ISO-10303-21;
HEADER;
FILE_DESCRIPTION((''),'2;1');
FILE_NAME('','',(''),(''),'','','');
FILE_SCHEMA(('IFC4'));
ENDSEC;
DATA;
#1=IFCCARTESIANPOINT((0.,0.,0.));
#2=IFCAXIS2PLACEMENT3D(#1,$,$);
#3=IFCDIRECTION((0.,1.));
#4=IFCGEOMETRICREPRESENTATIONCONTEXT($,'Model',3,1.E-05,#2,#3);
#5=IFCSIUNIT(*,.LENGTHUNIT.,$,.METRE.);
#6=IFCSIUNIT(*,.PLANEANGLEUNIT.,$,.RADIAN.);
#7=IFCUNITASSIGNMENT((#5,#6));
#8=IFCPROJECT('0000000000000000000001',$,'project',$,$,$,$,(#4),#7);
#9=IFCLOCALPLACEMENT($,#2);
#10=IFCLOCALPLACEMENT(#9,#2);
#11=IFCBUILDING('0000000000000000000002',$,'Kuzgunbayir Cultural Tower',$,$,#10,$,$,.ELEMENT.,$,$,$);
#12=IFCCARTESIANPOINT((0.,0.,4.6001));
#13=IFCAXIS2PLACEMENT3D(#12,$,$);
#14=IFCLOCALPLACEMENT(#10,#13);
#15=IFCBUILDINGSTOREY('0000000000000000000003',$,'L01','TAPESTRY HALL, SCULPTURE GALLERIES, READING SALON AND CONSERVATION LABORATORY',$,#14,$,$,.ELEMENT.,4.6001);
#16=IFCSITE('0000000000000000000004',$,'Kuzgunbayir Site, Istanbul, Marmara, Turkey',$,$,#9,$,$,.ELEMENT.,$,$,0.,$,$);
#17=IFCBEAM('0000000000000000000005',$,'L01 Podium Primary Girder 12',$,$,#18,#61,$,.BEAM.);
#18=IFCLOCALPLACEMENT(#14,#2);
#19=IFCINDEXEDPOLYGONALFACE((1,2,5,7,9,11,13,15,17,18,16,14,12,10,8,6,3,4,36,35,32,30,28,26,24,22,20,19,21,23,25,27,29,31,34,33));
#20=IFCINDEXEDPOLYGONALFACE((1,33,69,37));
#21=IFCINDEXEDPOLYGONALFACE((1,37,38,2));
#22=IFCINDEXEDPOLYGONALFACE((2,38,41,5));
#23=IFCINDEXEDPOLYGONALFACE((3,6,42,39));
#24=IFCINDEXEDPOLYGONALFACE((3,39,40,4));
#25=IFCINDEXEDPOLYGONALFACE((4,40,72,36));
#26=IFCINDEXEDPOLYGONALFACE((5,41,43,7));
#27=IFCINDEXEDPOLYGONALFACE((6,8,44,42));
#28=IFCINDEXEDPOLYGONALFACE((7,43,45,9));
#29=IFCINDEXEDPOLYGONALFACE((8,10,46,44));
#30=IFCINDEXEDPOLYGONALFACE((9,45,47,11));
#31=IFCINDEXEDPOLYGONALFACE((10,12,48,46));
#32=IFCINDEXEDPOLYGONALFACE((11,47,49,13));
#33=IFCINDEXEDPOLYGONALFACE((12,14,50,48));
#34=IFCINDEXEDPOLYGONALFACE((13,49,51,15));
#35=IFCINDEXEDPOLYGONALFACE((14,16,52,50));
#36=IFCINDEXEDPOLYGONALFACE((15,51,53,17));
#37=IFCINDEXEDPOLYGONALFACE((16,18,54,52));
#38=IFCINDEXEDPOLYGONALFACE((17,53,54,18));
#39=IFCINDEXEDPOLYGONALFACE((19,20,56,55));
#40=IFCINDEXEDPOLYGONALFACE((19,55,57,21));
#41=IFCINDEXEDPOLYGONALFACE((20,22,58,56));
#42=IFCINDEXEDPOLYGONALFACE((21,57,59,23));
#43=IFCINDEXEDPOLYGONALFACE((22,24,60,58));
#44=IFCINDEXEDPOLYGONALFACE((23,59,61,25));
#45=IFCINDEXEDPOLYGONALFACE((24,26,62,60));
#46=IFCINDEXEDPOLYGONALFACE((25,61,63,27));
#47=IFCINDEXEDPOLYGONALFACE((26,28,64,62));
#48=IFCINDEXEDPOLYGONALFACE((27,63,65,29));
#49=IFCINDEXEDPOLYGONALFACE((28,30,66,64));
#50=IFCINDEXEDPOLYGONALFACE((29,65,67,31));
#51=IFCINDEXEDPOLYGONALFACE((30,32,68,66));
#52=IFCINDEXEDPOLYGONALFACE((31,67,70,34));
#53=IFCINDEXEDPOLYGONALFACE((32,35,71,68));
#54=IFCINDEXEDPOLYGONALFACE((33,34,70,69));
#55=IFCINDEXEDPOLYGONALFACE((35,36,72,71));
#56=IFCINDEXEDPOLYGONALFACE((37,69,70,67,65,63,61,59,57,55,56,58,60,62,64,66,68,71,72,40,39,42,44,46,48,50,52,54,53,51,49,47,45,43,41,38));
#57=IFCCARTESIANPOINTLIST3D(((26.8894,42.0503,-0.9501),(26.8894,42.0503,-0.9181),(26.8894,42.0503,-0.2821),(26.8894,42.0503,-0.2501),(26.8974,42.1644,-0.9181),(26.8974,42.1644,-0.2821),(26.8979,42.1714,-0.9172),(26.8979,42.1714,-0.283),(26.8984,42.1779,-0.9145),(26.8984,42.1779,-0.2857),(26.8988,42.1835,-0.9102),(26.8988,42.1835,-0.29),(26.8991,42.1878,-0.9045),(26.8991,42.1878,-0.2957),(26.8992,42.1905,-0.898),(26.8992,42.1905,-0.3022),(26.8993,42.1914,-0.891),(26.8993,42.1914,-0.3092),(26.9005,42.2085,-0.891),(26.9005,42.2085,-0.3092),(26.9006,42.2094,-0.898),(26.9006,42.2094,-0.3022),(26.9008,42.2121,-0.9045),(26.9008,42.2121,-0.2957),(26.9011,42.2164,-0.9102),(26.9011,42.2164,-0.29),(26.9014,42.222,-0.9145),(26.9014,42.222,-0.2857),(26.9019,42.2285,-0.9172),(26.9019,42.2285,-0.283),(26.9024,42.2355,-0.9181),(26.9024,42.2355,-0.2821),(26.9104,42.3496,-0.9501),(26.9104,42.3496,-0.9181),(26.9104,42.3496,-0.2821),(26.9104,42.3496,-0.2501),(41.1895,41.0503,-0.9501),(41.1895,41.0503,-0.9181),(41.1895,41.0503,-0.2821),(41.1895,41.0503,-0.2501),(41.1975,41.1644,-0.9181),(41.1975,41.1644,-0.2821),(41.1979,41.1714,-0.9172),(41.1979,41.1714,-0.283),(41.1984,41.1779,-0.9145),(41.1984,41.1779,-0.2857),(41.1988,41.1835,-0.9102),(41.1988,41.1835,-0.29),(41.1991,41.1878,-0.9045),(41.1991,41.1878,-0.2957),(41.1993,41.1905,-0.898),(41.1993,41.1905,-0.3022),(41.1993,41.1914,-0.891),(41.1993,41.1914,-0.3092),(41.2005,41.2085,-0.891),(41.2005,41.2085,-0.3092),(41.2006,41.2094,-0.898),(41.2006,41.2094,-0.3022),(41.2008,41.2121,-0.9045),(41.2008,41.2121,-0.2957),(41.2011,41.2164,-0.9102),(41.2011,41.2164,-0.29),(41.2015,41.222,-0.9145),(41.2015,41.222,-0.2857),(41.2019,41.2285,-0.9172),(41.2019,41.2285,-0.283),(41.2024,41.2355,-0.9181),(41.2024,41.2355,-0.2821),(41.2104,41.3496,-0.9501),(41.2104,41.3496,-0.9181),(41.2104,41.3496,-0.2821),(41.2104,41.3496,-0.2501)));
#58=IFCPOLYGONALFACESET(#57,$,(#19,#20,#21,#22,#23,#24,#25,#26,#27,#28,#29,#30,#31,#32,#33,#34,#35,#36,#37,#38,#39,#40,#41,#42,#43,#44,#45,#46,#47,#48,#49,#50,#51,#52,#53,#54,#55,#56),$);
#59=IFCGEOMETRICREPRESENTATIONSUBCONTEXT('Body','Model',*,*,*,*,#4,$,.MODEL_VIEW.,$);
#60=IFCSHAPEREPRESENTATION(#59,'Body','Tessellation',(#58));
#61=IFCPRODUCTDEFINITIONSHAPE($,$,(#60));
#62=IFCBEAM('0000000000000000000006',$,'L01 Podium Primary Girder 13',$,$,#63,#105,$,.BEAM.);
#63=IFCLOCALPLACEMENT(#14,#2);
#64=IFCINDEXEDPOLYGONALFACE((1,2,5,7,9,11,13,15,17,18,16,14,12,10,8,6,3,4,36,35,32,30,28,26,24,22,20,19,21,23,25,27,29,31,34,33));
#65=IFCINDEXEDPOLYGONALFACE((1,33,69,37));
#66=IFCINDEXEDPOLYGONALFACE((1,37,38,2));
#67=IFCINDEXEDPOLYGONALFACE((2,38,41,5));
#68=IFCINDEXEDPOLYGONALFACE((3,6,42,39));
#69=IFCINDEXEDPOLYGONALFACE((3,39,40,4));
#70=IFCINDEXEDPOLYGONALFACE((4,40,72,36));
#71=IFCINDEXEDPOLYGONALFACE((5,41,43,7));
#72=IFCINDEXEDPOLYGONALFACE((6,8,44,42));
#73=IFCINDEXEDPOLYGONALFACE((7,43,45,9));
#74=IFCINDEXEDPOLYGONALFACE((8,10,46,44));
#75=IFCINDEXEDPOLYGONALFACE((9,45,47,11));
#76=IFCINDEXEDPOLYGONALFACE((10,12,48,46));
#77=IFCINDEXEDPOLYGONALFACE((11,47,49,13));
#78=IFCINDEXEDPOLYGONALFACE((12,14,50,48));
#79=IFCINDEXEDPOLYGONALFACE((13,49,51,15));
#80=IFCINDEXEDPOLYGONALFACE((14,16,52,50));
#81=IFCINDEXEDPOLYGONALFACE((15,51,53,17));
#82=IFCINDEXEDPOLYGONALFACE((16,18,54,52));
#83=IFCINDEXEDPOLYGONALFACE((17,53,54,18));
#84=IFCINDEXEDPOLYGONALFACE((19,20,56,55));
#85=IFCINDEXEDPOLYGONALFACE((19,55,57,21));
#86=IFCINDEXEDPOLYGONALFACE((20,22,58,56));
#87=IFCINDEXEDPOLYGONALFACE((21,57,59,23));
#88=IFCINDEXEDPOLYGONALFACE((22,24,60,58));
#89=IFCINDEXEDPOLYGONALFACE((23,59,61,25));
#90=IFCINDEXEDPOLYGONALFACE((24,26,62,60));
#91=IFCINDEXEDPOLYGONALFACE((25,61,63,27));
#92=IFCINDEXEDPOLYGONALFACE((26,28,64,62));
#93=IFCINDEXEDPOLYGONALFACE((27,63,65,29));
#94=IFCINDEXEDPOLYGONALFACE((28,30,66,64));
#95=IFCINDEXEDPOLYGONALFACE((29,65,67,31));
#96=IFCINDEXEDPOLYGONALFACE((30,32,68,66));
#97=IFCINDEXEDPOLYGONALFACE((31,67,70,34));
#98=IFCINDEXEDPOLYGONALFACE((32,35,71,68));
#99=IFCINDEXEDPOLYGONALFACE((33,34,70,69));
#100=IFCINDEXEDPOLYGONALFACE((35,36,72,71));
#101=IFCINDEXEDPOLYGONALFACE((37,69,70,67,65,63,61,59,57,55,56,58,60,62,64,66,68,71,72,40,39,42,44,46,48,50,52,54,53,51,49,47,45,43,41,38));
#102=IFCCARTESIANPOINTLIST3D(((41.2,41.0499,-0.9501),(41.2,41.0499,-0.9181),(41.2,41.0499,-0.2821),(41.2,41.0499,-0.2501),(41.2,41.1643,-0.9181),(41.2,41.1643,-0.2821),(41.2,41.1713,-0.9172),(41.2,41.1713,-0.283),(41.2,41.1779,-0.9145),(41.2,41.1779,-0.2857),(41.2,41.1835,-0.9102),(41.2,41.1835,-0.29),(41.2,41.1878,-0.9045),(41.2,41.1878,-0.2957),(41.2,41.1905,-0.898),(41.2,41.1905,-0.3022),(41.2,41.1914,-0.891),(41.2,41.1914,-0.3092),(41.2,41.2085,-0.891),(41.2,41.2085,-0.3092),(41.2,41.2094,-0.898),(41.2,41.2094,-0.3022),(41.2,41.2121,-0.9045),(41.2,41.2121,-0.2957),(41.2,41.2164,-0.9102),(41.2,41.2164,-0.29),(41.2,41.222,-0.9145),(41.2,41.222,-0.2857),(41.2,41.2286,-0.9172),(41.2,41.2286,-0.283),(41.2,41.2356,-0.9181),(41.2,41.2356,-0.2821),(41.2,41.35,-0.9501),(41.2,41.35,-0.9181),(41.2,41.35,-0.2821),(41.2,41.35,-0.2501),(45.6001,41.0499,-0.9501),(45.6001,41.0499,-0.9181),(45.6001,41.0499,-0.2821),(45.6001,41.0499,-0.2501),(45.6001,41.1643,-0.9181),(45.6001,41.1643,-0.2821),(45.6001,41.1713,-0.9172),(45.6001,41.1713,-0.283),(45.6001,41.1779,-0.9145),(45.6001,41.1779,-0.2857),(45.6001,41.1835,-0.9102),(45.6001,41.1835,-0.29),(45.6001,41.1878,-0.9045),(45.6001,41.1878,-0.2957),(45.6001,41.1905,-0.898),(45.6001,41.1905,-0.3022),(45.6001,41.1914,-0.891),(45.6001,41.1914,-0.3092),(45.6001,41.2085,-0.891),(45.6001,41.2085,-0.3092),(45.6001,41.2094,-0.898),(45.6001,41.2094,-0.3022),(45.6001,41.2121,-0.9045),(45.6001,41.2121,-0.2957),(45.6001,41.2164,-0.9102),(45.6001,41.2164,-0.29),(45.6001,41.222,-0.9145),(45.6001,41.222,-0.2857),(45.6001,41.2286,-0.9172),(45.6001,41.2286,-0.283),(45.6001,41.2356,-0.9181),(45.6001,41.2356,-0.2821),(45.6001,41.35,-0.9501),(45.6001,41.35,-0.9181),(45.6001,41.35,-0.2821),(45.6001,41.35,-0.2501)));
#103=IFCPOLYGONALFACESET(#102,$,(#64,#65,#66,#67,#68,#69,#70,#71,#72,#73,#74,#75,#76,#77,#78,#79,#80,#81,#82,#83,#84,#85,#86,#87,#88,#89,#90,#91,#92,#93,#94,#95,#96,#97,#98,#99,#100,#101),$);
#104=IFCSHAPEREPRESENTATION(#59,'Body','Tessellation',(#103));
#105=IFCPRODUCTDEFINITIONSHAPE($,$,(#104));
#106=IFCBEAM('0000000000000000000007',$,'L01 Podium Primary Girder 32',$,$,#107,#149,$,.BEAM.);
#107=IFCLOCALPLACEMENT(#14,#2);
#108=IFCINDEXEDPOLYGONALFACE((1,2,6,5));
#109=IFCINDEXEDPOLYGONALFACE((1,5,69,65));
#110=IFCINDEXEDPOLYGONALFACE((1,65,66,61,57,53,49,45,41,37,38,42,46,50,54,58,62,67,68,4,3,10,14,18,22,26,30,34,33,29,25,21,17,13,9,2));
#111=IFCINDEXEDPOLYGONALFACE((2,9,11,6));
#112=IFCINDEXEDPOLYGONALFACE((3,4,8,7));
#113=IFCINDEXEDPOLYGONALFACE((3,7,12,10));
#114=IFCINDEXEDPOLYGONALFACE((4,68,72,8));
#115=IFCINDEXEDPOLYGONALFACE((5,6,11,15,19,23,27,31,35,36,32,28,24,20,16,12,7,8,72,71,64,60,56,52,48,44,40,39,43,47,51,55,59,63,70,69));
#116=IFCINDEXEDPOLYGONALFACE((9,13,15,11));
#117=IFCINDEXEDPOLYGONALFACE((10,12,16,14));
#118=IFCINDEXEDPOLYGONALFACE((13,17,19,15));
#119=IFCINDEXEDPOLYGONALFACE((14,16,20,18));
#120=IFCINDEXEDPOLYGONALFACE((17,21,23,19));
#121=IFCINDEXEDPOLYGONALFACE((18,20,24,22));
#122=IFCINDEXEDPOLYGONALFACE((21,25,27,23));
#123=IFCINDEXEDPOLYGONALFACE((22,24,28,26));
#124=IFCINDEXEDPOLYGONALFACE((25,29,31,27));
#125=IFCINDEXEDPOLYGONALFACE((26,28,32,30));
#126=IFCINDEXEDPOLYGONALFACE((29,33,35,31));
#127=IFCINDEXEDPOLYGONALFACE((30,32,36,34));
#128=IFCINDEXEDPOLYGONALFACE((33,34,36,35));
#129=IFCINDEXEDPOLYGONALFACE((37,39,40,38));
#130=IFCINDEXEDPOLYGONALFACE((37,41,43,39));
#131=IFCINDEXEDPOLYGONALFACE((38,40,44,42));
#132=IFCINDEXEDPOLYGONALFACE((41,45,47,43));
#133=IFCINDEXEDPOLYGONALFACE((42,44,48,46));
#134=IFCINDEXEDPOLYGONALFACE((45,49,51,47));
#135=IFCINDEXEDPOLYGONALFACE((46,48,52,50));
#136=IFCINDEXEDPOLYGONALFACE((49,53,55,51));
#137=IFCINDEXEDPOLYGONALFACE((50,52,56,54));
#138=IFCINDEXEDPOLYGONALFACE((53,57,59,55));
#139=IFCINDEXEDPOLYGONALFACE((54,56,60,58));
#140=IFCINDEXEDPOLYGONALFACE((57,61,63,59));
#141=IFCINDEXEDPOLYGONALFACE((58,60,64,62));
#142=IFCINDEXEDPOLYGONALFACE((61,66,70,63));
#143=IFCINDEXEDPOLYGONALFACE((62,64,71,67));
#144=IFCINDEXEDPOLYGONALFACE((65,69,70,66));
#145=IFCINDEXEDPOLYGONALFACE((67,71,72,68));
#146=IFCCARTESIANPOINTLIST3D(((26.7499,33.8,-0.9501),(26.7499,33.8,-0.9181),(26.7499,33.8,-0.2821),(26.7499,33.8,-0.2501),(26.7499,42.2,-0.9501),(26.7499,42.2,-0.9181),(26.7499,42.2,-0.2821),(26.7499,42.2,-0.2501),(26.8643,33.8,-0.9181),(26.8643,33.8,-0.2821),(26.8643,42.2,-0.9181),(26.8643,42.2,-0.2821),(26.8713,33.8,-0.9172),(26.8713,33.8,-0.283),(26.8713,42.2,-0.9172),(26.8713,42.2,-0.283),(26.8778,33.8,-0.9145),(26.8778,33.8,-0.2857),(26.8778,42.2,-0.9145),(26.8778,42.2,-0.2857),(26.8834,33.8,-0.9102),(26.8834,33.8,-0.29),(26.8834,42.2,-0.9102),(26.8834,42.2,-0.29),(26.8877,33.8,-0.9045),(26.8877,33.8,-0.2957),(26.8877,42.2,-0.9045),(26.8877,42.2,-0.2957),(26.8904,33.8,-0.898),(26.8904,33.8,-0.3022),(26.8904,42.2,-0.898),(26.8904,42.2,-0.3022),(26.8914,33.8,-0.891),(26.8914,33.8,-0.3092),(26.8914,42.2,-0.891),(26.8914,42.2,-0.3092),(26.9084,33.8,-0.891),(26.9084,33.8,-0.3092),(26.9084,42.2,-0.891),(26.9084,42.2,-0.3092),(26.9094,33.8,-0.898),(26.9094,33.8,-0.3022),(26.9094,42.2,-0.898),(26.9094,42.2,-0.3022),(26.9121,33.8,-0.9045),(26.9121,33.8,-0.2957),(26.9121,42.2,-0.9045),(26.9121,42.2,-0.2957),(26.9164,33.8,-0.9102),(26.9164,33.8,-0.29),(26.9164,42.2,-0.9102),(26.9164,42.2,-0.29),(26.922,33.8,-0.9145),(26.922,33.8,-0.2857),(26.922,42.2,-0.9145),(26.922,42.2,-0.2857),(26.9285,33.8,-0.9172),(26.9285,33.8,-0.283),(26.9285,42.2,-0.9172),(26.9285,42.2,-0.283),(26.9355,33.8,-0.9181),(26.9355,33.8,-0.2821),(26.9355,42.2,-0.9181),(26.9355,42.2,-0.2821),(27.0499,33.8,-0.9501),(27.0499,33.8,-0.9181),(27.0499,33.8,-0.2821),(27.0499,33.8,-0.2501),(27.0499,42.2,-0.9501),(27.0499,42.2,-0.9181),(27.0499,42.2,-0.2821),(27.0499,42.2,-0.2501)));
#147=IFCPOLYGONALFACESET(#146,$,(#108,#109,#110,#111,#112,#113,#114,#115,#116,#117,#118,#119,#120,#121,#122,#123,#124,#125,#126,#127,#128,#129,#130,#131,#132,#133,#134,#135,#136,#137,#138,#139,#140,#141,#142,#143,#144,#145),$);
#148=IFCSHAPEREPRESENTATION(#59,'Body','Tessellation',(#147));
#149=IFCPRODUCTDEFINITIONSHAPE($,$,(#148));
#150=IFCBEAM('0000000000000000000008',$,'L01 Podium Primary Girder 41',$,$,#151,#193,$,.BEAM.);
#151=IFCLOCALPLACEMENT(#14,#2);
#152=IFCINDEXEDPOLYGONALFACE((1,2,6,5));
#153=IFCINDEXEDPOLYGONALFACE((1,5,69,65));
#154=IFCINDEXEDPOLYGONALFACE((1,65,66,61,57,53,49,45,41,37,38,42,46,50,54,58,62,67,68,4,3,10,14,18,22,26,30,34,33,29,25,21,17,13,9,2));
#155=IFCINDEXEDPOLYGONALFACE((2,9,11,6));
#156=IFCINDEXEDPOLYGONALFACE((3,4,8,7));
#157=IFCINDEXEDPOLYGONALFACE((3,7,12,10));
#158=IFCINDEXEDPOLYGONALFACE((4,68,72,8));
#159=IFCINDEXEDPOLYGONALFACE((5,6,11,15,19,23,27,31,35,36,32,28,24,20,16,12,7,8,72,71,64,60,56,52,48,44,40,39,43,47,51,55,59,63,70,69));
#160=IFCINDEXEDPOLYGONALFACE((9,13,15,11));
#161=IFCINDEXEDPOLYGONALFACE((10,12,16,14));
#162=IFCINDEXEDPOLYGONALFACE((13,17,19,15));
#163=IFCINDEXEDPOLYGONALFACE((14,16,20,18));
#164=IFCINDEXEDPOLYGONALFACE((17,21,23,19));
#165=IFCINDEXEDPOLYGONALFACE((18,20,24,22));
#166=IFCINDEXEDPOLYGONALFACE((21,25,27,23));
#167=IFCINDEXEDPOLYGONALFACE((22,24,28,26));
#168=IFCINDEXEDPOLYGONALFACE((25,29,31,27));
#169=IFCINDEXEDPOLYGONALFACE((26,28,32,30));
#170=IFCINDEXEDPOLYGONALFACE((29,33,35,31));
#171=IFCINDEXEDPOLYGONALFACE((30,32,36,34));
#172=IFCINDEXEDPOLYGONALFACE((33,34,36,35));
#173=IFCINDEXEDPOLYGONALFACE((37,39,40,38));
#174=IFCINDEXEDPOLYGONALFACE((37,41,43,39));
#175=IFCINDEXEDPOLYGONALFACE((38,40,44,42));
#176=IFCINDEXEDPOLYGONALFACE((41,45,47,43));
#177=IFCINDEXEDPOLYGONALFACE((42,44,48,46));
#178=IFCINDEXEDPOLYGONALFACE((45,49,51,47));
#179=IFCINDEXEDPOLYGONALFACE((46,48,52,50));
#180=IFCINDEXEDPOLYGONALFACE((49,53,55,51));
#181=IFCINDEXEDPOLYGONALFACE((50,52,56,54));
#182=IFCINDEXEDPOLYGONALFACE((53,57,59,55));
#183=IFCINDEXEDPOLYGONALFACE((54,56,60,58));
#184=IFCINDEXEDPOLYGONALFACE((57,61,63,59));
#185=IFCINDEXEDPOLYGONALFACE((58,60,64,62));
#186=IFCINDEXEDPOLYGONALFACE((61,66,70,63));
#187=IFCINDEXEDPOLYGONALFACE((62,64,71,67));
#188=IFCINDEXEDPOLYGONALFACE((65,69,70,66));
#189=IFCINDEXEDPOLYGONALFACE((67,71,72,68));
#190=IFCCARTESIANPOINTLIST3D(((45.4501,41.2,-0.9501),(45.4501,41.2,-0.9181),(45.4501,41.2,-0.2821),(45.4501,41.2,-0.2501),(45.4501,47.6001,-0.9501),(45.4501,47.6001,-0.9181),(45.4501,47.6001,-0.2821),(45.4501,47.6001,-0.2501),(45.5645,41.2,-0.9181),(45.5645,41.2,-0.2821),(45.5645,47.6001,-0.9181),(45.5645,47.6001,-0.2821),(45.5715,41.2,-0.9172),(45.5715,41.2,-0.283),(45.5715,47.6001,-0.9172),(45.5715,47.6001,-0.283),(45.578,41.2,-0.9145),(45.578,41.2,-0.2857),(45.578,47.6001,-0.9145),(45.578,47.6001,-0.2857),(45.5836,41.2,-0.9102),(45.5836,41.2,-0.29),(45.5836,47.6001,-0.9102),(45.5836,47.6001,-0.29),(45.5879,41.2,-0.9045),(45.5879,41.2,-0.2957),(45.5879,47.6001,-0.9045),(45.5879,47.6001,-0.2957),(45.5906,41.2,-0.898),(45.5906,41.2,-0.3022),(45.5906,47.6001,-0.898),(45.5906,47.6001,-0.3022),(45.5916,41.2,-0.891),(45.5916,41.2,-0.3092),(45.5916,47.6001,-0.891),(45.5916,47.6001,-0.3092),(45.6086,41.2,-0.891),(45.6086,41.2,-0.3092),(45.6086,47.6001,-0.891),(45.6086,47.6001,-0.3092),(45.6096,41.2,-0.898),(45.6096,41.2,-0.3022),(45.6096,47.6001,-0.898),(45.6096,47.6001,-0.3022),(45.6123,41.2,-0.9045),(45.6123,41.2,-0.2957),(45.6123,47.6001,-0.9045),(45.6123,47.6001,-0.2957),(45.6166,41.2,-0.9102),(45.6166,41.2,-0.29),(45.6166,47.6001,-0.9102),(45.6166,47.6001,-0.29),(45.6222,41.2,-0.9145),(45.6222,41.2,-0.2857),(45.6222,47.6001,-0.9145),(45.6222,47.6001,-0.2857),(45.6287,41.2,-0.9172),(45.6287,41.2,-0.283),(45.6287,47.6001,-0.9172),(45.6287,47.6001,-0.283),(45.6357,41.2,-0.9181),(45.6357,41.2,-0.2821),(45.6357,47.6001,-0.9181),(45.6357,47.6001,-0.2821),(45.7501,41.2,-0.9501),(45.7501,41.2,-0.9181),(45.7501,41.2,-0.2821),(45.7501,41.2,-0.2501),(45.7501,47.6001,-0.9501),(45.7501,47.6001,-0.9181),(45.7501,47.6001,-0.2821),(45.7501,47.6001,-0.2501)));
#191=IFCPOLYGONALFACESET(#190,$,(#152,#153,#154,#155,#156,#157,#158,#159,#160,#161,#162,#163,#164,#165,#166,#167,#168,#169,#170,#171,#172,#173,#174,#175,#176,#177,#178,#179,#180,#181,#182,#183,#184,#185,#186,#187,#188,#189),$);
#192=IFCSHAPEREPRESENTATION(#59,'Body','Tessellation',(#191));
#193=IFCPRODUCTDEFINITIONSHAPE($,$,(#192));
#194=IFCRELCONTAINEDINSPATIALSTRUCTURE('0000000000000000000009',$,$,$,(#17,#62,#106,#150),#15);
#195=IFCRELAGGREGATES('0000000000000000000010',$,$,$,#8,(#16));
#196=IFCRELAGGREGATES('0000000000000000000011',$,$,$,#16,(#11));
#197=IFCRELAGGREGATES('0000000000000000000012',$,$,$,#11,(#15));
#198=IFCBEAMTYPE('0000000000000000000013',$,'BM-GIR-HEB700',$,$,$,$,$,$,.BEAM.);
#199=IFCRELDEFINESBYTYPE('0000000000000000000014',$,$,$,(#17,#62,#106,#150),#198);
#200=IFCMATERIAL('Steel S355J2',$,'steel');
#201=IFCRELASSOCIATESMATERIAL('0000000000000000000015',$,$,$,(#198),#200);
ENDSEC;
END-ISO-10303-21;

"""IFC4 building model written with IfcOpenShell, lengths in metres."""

from ifc_helpers import new_model, si_unit, direction, frame, origin, origin_2d, place, context, subcontext, project, spatial, i_section, extrude, material, material_profile, profile_set, type_object, element, save


model = new_model("IFC4")

# Units and contexts
model_context = context("Model", 3, precision=1e-05, world=origin(), true_north=direction((0.0, 1.0)))
body_context = subcontext(model_context, "Body", "Model", "MODEL_VIEW")
ifc_project = project(units=[si_unit("LENGTHUNIT", "METRE"), si_unit("PLANEANGLEUNIT", "RADIAN")], contexts=[model_context])

# Site, building, storey
site_placement = place(None, origin())
site = spatial("IfcSite", under=ifc_project, at=site_placement, Name="Kuzgunbayir Site, Istanbul, Marmara, Turkey", CompositionType="ELEMENT", RefElevation=0.0)
building_placement = place(site_placement, origin())
building = spatial("IfcBuilding", under=site, at=building_placement, Name="Kuzgunbayir Cultural Tower", CompositionType="ELEMENT")
storey_placement = place(building_placement, frame((0.0, 0.0, 4.6001)))
storey = spatial("IfcBuildingStorey", under=building, at=storey_placement, Name="L01", Description="TAPESTRY HALL, SCULPTURE GALLERIES, READING SALON AND CONSERVATION LABORATORY", CompositionType="ELEMENT", Elevation=4.6001)

# Beams
ifc_material_1 = material(Name="Steel S355J2", Category="steel")
ifc_material_profile_1 = material_profile(ifc_material_1, i_section(OverallWidth=0.3, OverallDepth=0.7, WebThickness=0.0171, FlangeThickness=0.032, FilletRadius=0.0271, at=origin_2d()), Name="HEB 700")
ifc_profile_set_1 = profile_set([ifc_material_profile_1], Name="Steel S355J2")
beam_type_1 = type_object("IfcBeamType", Name="BM-GIR-HEB700", PredefinedType="BEAM", material=ifc_profile_set_1)
beam_1_placement = place(storey_placement, frame((26.8999, 42.2, -0.6001), z_axis=(0.997564, -0.069759, 0.0), x_axis=(0.069759, 0.997564, 0.0)))
element("IfcBeam", 1, at=beam_1_placement, inside=storey, type_object=beam_type_1, Name="L01 Podium Primary Girder 12", PredefinedType="BEAM", context=body_context, shape_type="SweptSolid", body=[
    extrude(i_section(OverallWidth=0.3, OverallDepth=0.7, WebThickness=0.0171, FlangeThickness=0.032, FilletRadius=0.0271, at=origin_2d()), origin(), (0.0, 0.0, 1.0), 14.335),
])
beam_2_placement = place(storey_placement, frame((41.2, 41.2, -0.6001), z_axis=(1.0, 0.0, 0.0), x_axis=(0.0, 1.0, 0.0)))
element("IfcBeam", 2, at=beam_2_placement, inside=storey, type_object=beam_type_1, Name="L01 Podium Primary Girder 13", PredefinedType="BEAM", context=body_context, shape_type="SweptSolid", body=[
    extrude(i_section(OverallWidth=0.3, OverallDepth=0.7, WebThickness=0.0171, FlangeThickness=0.032, FilletRadius=0.0271, at=origin_2d()), origin(), (0.0, 0.0, 1.0), 4.4001),
])
beam_3_placement = place(storey_placement, frame((26.8999, 33.8, -0.6001), z_axis=(0.0, 1.0, 0.0), x_axis=(-1.0, 0.0, 0.0)))
element("IfcBeam", 3, at=beam_3_placement, inside=storey, type_object=beam_type_1, Name="L01 Podium Primary Girder 32", PredefinedType="BEAM", context=body_context, shape_type="SweptSolid", body=[
    extrude(i_section(OverallWidth=0.3, OverallDepth=0.7, WebThickness=0.0171, FlangeThickness=0.032, FilletRadius=0.0271, at=origin_2d()), origin(), (0.0, 0.0, 1.0), 8.3999),
])
beam_4_placement = place(storey_placement, frame((45.6001, 41.2, -0.6001), z_axis=(0.0, 1.0, 0.0), x_axis=(-1.0, 0.0, 0.0)))
element("IfcBeam", 4, at=beam_4_placement, inside=storey, type_object=beam_type_1, Name="L01 Podium Primary Girder 41", PredefinedType="BEAM", context=body_context, shape_type="SweptSolid", body=[
    extrude(i_section(OverallWidth=0.3, OverallDepth=0.7, WebThickness=0.0171, FlangeThickness=0.032, FilletRadius=0.0271, at=origin_2d()), origin(), (0.0, 0.0, 1.0), 6.4001),
])

save(model, "model.ifc")
